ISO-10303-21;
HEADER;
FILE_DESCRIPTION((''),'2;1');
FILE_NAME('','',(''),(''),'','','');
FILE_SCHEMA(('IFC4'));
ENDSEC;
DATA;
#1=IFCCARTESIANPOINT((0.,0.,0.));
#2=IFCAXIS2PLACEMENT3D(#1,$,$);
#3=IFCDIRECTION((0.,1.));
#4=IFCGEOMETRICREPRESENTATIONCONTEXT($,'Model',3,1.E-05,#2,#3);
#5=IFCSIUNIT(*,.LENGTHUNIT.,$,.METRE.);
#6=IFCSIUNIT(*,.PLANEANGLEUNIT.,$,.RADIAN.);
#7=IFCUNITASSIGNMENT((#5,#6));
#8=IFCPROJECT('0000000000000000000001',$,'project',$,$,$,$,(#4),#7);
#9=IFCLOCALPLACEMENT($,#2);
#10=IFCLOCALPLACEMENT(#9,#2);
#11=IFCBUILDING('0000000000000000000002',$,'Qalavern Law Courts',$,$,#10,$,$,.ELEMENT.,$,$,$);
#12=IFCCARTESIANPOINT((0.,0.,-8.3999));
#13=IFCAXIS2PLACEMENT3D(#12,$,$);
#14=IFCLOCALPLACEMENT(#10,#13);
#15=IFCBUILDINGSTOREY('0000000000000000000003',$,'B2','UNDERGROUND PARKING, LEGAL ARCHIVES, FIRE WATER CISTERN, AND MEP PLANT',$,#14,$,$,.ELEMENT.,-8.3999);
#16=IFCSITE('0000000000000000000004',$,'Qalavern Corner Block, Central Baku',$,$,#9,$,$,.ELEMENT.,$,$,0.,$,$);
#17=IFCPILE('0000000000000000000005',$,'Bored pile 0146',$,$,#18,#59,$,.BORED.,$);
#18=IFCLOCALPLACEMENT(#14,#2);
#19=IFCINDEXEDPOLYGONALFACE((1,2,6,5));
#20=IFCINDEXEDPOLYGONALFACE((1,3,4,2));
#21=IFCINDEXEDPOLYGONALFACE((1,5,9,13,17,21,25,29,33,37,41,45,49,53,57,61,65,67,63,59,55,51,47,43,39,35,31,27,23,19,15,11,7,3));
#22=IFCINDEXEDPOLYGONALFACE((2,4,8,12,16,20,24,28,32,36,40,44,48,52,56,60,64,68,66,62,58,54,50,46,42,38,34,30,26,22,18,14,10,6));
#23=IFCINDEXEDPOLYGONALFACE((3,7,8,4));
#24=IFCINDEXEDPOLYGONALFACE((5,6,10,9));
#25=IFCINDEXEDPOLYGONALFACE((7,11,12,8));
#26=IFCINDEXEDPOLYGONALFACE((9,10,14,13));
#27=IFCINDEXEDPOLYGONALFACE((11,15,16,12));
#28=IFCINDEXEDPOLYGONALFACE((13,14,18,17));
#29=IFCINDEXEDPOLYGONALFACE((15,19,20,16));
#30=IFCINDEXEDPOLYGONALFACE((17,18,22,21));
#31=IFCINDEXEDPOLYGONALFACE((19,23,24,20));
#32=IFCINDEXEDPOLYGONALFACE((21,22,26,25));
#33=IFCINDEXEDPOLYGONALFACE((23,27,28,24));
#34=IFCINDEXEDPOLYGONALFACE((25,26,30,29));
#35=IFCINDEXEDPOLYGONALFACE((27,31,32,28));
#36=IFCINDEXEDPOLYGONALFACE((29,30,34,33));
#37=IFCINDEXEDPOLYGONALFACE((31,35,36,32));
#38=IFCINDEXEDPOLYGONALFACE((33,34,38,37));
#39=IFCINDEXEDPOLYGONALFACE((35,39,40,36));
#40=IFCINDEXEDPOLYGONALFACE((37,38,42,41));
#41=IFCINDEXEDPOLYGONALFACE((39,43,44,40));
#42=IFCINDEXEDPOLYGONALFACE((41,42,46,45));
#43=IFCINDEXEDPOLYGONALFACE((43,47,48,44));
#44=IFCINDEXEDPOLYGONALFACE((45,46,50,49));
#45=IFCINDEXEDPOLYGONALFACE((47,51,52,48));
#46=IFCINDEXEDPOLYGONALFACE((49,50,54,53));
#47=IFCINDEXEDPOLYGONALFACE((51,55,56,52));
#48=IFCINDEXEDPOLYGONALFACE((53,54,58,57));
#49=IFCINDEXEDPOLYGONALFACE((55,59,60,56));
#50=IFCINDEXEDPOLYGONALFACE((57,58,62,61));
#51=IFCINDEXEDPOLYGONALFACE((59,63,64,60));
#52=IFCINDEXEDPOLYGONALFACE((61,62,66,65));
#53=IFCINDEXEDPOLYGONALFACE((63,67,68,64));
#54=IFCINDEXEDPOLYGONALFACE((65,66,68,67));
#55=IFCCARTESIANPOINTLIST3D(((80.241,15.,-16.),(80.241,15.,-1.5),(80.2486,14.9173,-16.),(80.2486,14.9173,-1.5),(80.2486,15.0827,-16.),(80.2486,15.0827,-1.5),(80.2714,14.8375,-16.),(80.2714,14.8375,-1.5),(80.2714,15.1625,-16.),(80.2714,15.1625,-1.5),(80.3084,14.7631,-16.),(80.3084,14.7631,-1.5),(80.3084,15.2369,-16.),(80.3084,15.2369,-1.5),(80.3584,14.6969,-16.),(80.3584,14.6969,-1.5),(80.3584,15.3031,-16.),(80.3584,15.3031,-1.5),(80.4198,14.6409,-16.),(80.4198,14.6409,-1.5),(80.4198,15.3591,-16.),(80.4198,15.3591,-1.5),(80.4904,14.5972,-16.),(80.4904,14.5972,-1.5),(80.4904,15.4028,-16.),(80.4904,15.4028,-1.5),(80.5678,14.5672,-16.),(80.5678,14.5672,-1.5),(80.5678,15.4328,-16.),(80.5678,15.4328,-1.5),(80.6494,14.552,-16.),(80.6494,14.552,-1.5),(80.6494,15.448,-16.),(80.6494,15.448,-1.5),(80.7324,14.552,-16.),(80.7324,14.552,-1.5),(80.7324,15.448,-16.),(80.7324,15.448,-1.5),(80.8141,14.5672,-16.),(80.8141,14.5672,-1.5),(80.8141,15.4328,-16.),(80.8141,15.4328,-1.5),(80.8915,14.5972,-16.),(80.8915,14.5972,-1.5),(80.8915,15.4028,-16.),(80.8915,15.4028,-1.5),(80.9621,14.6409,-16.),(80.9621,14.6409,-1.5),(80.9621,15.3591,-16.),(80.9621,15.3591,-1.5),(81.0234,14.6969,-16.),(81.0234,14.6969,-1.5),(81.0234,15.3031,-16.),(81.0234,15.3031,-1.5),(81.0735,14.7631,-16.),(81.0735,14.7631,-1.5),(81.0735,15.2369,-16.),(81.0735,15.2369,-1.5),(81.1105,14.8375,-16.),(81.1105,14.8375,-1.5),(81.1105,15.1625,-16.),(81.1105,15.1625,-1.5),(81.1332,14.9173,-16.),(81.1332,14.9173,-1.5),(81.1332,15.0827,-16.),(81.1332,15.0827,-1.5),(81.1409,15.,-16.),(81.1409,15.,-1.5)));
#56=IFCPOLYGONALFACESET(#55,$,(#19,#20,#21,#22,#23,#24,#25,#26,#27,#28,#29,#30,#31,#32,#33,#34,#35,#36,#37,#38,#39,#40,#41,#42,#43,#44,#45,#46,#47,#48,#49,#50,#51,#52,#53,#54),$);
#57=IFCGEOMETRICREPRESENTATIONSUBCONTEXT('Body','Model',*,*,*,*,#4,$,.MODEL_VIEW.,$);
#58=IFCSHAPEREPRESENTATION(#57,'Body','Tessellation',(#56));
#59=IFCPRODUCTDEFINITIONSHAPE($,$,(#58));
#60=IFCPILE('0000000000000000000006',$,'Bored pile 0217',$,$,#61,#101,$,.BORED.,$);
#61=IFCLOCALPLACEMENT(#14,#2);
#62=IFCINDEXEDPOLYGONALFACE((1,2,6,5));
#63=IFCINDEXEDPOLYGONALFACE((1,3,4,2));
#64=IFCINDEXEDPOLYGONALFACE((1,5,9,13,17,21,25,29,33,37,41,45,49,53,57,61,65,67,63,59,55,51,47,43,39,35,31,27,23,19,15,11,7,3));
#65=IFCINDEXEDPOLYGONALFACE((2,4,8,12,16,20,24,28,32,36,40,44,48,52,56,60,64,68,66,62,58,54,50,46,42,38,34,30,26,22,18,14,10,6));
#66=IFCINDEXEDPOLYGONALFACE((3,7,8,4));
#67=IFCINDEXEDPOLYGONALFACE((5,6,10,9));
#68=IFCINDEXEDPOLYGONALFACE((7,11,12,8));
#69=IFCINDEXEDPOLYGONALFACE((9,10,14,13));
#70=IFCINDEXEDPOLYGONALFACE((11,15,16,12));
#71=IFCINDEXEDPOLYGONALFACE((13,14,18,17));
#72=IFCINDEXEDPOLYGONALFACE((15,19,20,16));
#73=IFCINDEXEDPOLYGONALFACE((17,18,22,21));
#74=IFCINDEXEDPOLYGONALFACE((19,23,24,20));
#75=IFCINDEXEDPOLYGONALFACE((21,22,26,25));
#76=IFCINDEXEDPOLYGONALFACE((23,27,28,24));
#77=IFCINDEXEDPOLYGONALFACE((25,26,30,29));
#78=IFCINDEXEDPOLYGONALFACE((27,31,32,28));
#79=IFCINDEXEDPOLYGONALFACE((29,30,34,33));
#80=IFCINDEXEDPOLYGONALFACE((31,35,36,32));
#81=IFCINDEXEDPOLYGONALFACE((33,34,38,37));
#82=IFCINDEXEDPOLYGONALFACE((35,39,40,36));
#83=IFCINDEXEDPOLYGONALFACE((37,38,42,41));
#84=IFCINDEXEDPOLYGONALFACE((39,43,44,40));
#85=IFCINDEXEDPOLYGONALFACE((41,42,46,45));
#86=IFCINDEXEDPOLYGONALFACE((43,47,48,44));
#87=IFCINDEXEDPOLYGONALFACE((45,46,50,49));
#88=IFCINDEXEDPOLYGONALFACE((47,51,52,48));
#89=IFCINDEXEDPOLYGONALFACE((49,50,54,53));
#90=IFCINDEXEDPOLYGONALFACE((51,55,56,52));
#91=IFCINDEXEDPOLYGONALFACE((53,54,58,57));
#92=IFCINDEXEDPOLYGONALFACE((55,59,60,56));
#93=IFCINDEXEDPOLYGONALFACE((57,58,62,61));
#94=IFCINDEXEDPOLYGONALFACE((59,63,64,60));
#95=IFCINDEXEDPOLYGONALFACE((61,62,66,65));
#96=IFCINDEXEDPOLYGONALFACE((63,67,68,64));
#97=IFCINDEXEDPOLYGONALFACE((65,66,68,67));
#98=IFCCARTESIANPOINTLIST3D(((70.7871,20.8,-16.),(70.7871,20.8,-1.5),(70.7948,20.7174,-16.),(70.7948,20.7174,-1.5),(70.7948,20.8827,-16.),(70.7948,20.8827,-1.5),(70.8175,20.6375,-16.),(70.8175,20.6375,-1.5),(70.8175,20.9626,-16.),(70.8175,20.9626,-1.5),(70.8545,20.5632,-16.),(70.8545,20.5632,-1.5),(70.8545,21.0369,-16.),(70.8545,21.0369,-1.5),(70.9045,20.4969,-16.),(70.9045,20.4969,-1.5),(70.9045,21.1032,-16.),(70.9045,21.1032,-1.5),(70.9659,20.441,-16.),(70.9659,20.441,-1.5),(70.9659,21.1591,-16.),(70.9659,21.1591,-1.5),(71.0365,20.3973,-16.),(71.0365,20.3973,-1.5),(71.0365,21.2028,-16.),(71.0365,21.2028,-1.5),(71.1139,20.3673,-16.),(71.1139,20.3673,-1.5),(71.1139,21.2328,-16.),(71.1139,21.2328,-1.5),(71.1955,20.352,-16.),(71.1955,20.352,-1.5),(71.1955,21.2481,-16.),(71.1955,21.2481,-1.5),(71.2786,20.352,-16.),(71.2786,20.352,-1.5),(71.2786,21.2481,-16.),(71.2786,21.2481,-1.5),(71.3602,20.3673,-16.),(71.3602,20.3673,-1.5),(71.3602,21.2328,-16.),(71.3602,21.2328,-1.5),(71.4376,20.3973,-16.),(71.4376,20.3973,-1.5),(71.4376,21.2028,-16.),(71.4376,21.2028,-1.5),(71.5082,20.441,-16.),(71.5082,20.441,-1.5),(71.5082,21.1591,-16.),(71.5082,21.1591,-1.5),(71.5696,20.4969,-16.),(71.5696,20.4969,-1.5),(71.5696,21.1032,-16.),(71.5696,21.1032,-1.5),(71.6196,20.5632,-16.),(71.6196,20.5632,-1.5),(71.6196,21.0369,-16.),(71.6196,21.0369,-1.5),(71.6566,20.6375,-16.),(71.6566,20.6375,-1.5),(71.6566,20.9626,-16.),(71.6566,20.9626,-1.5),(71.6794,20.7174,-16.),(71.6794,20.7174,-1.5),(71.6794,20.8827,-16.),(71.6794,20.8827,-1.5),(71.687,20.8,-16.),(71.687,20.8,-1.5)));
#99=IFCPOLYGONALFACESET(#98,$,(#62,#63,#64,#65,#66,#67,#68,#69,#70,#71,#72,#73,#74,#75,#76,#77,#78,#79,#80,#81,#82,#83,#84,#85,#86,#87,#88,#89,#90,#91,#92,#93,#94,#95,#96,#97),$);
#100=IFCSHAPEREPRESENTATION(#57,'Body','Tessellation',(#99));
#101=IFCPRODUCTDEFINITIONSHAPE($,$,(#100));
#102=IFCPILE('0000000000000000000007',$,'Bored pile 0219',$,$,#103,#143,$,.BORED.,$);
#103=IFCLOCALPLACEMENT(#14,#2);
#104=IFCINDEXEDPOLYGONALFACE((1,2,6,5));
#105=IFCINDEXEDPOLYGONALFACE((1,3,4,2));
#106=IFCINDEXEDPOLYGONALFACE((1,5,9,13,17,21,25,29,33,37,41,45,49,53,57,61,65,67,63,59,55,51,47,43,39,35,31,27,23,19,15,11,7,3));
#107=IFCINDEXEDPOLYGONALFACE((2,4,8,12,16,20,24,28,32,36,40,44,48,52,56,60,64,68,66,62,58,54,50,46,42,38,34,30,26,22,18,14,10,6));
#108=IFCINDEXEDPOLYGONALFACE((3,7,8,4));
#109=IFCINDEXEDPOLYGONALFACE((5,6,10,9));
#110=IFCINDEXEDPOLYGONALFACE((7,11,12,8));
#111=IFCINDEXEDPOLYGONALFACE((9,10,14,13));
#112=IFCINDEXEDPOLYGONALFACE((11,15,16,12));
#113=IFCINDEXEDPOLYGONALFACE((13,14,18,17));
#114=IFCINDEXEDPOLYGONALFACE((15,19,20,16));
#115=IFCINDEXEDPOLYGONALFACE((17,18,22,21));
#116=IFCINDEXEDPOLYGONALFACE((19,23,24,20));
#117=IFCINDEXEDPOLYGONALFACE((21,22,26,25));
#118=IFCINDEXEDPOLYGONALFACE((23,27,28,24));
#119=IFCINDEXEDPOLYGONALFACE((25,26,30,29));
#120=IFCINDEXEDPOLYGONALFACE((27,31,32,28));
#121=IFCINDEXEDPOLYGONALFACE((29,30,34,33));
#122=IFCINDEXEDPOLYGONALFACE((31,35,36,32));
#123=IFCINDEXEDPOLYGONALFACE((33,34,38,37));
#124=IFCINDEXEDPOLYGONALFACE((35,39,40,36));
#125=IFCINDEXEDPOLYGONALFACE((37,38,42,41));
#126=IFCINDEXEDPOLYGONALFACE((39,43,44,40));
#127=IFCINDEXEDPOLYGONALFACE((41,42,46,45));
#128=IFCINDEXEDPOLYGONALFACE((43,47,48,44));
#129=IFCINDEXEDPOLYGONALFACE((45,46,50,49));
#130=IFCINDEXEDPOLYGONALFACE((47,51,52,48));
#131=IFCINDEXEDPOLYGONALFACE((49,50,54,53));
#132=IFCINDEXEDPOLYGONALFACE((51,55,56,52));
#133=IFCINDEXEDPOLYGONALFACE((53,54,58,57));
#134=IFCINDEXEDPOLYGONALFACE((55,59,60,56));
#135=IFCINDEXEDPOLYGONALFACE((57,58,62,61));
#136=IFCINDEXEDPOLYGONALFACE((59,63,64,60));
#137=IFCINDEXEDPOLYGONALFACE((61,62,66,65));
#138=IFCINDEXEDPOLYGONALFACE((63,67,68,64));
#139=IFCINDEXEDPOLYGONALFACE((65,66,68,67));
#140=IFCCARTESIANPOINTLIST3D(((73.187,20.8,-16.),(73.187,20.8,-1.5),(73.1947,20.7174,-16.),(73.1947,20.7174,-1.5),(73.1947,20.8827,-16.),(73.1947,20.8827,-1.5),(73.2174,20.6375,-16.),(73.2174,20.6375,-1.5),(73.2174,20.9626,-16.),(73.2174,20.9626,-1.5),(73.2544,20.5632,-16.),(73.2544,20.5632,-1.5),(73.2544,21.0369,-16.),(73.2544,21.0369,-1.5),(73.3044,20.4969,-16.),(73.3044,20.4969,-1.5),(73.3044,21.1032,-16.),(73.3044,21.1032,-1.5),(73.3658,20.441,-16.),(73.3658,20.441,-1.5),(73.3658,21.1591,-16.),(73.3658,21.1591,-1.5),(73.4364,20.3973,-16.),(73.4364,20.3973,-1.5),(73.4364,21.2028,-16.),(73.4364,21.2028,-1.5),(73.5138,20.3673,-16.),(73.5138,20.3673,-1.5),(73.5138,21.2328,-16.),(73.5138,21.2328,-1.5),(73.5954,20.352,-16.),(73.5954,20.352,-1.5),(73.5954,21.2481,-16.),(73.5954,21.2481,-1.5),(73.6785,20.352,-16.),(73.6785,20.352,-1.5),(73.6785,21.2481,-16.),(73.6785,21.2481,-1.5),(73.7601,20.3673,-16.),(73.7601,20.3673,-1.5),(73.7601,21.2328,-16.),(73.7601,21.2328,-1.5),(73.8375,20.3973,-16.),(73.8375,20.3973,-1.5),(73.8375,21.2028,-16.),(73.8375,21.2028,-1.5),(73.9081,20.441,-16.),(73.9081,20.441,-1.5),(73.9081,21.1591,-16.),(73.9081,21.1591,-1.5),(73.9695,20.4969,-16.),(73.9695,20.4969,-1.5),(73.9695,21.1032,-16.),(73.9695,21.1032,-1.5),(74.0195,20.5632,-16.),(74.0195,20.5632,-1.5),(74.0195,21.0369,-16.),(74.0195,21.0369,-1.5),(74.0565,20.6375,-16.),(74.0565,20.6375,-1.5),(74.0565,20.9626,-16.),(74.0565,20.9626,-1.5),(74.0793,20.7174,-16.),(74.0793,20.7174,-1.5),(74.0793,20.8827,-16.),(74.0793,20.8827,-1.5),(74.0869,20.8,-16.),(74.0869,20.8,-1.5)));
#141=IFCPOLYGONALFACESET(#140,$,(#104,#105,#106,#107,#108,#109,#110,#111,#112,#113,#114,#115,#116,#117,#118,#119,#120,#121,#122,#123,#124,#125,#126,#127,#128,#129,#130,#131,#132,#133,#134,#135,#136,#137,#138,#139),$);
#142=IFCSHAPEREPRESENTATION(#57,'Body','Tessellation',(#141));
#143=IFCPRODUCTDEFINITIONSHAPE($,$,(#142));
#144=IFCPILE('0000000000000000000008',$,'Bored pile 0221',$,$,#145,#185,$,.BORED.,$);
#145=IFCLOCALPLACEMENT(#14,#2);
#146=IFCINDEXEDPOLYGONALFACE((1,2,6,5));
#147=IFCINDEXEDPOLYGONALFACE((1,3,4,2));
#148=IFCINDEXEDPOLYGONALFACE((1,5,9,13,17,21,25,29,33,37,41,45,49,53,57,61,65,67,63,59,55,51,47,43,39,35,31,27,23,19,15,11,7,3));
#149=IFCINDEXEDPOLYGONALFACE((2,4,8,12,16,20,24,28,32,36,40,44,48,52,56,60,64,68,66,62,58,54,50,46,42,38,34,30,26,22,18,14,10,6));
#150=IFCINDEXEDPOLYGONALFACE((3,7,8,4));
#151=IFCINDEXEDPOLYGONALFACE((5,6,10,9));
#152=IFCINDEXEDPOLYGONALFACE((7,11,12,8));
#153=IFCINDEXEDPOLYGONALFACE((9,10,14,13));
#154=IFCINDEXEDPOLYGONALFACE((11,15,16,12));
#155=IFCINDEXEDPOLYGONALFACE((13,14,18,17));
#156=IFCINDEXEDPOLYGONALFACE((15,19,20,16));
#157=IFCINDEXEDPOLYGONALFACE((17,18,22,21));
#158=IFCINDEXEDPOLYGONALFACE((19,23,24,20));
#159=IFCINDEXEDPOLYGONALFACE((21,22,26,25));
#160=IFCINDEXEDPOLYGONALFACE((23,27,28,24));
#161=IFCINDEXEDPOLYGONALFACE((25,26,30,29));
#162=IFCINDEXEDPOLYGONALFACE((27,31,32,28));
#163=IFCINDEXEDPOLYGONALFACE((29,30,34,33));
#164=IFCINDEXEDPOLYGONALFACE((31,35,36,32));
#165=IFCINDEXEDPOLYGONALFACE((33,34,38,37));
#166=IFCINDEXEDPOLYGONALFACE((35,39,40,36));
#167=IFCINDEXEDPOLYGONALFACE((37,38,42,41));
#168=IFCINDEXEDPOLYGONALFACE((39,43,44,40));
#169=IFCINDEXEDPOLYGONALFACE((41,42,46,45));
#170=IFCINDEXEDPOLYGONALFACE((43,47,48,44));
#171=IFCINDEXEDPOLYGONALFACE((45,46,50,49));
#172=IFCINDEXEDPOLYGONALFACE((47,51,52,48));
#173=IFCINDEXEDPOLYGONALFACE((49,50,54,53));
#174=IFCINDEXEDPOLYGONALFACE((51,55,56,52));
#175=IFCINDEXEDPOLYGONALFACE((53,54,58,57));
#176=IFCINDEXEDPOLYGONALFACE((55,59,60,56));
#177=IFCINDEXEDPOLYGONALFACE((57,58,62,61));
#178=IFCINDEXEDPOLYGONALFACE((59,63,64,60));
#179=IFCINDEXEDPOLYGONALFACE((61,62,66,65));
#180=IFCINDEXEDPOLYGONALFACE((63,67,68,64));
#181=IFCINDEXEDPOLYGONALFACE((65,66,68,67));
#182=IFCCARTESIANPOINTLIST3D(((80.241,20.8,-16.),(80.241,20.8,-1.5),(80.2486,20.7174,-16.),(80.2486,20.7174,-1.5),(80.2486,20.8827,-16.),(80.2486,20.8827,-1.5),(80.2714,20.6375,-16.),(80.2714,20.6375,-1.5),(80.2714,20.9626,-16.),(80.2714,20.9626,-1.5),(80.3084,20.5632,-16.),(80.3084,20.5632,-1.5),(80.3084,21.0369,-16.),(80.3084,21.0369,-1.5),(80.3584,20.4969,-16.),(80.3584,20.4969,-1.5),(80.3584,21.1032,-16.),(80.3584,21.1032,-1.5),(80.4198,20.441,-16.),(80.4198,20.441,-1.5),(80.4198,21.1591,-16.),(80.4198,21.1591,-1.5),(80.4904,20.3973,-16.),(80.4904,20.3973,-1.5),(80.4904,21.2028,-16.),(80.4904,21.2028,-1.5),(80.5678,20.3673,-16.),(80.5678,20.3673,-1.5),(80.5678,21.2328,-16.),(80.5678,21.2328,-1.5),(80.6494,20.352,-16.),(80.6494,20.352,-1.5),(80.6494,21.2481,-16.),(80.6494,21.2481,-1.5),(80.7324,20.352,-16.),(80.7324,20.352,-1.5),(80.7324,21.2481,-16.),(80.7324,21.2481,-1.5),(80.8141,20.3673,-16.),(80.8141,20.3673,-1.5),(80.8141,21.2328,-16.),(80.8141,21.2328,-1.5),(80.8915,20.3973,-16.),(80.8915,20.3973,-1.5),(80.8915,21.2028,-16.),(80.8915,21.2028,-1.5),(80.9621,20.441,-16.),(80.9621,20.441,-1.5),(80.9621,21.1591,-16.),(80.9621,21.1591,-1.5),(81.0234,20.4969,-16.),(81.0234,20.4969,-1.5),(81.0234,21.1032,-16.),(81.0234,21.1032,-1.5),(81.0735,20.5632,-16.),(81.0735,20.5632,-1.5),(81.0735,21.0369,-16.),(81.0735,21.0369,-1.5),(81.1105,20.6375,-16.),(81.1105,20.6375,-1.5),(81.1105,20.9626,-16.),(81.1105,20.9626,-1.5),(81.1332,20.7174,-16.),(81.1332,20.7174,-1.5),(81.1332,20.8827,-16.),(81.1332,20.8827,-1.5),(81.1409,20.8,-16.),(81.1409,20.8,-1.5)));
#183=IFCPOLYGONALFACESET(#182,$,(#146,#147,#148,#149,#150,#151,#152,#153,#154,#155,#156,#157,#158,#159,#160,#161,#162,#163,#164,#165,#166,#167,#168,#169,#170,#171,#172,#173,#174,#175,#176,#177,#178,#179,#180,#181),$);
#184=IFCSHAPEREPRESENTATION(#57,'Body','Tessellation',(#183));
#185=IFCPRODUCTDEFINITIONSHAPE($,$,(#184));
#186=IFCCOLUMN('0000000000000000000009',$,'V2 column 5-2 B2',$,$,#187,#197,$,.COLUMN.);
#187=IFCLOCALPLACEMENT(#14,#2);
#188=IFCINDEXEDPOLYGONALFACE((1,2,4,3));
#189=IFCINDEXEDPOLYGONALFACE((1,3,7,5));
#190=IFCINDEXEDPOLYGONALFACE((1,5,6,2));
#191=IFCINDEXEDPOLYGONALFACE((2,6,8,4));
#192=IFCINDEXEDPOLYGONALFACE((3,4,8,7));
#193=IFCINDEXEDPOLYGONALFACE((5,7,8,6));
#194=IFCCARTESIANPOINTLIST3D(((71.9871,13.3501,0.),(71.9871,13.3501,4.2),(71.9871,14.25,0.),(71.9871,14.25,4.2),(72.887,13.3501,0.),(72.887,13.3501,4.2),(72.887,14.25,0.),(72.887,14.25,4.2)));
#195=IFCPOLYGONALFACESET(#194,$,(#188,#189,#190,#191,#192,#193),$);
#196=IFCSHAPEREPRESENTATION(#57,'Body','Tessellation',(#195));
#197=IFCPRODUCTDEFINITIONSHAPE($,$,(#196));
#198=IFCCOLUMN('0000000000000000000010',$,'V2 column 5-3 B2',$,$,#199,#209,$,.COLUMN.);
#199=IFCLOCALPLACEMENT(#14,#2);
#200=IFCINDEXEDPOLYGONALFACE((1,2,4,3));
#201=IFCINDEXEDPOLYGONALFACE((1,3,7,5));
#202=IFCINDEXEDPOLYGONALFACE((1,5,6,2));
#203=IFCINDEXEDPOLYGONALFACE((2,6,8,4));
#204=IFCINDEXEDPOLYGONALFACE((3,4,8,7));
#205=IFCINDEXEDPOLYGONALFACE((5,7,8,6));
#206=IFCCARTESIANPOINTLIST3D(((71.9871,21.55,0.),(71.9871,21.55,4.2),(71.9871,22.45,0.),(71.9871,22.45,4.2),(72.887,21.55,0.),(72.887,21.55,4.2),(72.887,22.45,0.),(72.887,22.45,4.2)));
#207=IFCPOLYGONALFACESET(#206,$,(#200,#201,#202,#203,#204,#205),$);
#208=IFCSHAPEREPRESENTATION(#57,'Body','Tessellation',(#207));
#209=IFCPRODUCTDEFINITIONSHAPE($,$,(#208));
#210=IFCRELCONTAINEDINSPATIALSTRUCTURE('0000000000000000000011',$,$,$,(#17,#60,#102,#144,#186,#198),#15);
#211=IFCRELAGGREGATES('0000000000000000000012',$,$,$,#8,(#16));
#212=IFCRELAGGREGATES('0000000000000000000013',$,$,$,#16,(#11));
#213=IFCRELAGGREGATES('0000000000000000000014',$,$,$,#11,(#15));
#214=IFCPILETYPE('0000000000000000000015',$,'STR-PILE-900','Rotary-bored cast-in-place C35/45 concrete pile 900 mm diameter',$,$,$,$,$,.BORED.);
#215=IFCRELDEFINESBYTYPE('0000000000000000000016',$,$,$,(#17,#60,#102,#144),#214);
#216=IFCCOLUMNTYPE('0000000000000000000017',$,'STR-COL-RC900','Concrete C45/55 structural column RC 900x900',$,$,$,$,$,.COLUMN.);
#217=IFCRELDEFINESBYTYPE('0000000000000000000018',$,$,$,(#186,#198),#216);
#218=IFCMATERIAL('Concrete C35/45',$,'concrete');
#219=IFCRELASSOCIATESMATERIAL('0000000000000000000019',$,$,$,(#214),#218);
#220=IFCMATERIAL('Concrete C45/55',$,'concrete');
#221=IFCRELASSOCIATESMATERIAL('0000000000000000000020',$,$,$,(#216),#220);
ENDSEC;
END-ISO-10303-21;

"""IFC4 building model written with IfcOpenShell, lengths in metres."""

from ifc_helpers import new_model, si_unit, direction, frame, origin, origin_2d, place, context, subcontext, project, spatial, rectangle, circle, extrude, material, material_profile, profile_set, type_object, element, save


model = new_model("IFC4")

# Units and contexts
model_context = context("Model", 3, precision=1e-05, world=origin(), true_north=direction((0.0, 1.0)))
body_context = subcontext(model_context, "Body", "Model", "MODEL_VIEW")
ifc_project = project(units=[si_unit("LENGTHUNIT", "METRE"), si_unit("PLANEANGLEUNIT", "RADIAN")], contexts=[model_context])

# Site, building, storey
site_placement = place(None, origin())
site = spatial("IfcSite", under=ifc_project, at=site_placement, Name="Qalavern Corner Block, Central Baku", CompositionType="ELEMENT", RefElevation=0.0)
building_placement = place(site_placement, origin())
building = spatial("IfcBuilding", under=site, at=building_placement, Name="Qalavern Law Courts", CompositionType="ELEMENT")
storey_placement = place(building_placement, frame((0.0, 0.0, -8.3999)))
storey = spatial("IfcBuildingStorey", under=building, at=storey_placement, Name="B2", Description="UNDERGROUND PARKING, LEGAL ARCHIVES, FIRE WATER CISTERN, AND MEP PLANT", CompositionType="ELEMENT", Elevation=-8.3999)

# Shared definitions
ifc_material_1 = material(Name="Concrete C35/45", Category="concrete")

# Piles
ifc_material_profile_1 = material_profile(ifc_material_1, circle(Radius=0.45, at=origin_2d()), Name="BORED PILE 900")
ifc_profile_set_1 = profile_set([ifc_material_profile_1], Name="Concrete C35/45")
pile_type = type_object("IfcPileType", Name="STR-PILE-900", Description="Rotary-bored cast-in-place C35/45 concrete pile 900 mm diameter", PredefinedType="BORED", material=ifc_profile_set_1)
for number, where, z_axis, x_axis, name in (
    (1, (80.6909, 15.0, -1.5), (0.0, 0.0, -1.0), (1.0, 0.0, 0.0), "Bored pile 0146"),
    (2, (71.2371, 20.8, -1.5), (0.0, 0.0, -1.0), (1.0, 0.0, 0.0), "Bored pile 0217"),
    (3, (73.637, 20.8, -1.5), (0.0, 0.0, -1.0), (1.0, 0.0, 0.0), "Bored pile 0219"),
    (4, (80.6909, 20.8, -1.5), (0.0, 0.0, -1.0), (1.0, 0.0, 0.0), "Bored pile 0221"),
):
    element("IfcPile", number, at=place(storey_placement, frame(where, z_axis=z_axis, x_axis=x_axis)), inside=storey, type_object=pile_type, Name=name, PredefinedType="BORED", context=body_context, shape_type="SweptSolid", body=[
        extrude(circle(Radius=0.45, at=origin_2d()), origin(), (0.0, 0.0, 1.0), 14.5),
    ])

# Columns
ifc_material_2 = material(Name="Concrete C45/55", Category="concrete")
ifc_material_profile_2 = material_profile(ifc_material_2, rectangle(XDim=0.8999, YDim=0.8999, at=origin_2d()), Name="RC 900x900")
ifc_profile_set_2 = profile_set([ifc_material_profile_2], Name="Concrete C45/55")
column_type = type_object("IfcColumnType", Name="STR-COL-RC900", Description="Concrete C45/55 structural column RC 900x900", PredefinedType="COLUMN", material=ifc_profile_set_2)
for number, where, z_axis, x_axis, name in (
    (5, (72.437, 13.8, 0.0), (0.0, 0.0, 1.0), (1.0, 0.0, 0.0), "V2 column 5-2 B2"),
    (6, (72.437, 22.0, 0.0), (0.0, 0.0, 1.0), (1.0, 0.0, 0.0), "V2 column 5-3 B2"),
):
    element("IfcColumn", number, at=place(storey_placement, frame(where, z_axis=z_axis, x_axis=x_axis)), inside=storey, type_object=column_type, Name=name, PredefinedType="COLUMN", context=body_context, shape_type="SweptSolid", body=[
        extrude(rectangle(XDim=0.8999, YDim=0.8999, at=origin_2d()), origin(), (0.0, 0.0, 1.0), 4.2),
    ])

save(model, "model.ifc")
